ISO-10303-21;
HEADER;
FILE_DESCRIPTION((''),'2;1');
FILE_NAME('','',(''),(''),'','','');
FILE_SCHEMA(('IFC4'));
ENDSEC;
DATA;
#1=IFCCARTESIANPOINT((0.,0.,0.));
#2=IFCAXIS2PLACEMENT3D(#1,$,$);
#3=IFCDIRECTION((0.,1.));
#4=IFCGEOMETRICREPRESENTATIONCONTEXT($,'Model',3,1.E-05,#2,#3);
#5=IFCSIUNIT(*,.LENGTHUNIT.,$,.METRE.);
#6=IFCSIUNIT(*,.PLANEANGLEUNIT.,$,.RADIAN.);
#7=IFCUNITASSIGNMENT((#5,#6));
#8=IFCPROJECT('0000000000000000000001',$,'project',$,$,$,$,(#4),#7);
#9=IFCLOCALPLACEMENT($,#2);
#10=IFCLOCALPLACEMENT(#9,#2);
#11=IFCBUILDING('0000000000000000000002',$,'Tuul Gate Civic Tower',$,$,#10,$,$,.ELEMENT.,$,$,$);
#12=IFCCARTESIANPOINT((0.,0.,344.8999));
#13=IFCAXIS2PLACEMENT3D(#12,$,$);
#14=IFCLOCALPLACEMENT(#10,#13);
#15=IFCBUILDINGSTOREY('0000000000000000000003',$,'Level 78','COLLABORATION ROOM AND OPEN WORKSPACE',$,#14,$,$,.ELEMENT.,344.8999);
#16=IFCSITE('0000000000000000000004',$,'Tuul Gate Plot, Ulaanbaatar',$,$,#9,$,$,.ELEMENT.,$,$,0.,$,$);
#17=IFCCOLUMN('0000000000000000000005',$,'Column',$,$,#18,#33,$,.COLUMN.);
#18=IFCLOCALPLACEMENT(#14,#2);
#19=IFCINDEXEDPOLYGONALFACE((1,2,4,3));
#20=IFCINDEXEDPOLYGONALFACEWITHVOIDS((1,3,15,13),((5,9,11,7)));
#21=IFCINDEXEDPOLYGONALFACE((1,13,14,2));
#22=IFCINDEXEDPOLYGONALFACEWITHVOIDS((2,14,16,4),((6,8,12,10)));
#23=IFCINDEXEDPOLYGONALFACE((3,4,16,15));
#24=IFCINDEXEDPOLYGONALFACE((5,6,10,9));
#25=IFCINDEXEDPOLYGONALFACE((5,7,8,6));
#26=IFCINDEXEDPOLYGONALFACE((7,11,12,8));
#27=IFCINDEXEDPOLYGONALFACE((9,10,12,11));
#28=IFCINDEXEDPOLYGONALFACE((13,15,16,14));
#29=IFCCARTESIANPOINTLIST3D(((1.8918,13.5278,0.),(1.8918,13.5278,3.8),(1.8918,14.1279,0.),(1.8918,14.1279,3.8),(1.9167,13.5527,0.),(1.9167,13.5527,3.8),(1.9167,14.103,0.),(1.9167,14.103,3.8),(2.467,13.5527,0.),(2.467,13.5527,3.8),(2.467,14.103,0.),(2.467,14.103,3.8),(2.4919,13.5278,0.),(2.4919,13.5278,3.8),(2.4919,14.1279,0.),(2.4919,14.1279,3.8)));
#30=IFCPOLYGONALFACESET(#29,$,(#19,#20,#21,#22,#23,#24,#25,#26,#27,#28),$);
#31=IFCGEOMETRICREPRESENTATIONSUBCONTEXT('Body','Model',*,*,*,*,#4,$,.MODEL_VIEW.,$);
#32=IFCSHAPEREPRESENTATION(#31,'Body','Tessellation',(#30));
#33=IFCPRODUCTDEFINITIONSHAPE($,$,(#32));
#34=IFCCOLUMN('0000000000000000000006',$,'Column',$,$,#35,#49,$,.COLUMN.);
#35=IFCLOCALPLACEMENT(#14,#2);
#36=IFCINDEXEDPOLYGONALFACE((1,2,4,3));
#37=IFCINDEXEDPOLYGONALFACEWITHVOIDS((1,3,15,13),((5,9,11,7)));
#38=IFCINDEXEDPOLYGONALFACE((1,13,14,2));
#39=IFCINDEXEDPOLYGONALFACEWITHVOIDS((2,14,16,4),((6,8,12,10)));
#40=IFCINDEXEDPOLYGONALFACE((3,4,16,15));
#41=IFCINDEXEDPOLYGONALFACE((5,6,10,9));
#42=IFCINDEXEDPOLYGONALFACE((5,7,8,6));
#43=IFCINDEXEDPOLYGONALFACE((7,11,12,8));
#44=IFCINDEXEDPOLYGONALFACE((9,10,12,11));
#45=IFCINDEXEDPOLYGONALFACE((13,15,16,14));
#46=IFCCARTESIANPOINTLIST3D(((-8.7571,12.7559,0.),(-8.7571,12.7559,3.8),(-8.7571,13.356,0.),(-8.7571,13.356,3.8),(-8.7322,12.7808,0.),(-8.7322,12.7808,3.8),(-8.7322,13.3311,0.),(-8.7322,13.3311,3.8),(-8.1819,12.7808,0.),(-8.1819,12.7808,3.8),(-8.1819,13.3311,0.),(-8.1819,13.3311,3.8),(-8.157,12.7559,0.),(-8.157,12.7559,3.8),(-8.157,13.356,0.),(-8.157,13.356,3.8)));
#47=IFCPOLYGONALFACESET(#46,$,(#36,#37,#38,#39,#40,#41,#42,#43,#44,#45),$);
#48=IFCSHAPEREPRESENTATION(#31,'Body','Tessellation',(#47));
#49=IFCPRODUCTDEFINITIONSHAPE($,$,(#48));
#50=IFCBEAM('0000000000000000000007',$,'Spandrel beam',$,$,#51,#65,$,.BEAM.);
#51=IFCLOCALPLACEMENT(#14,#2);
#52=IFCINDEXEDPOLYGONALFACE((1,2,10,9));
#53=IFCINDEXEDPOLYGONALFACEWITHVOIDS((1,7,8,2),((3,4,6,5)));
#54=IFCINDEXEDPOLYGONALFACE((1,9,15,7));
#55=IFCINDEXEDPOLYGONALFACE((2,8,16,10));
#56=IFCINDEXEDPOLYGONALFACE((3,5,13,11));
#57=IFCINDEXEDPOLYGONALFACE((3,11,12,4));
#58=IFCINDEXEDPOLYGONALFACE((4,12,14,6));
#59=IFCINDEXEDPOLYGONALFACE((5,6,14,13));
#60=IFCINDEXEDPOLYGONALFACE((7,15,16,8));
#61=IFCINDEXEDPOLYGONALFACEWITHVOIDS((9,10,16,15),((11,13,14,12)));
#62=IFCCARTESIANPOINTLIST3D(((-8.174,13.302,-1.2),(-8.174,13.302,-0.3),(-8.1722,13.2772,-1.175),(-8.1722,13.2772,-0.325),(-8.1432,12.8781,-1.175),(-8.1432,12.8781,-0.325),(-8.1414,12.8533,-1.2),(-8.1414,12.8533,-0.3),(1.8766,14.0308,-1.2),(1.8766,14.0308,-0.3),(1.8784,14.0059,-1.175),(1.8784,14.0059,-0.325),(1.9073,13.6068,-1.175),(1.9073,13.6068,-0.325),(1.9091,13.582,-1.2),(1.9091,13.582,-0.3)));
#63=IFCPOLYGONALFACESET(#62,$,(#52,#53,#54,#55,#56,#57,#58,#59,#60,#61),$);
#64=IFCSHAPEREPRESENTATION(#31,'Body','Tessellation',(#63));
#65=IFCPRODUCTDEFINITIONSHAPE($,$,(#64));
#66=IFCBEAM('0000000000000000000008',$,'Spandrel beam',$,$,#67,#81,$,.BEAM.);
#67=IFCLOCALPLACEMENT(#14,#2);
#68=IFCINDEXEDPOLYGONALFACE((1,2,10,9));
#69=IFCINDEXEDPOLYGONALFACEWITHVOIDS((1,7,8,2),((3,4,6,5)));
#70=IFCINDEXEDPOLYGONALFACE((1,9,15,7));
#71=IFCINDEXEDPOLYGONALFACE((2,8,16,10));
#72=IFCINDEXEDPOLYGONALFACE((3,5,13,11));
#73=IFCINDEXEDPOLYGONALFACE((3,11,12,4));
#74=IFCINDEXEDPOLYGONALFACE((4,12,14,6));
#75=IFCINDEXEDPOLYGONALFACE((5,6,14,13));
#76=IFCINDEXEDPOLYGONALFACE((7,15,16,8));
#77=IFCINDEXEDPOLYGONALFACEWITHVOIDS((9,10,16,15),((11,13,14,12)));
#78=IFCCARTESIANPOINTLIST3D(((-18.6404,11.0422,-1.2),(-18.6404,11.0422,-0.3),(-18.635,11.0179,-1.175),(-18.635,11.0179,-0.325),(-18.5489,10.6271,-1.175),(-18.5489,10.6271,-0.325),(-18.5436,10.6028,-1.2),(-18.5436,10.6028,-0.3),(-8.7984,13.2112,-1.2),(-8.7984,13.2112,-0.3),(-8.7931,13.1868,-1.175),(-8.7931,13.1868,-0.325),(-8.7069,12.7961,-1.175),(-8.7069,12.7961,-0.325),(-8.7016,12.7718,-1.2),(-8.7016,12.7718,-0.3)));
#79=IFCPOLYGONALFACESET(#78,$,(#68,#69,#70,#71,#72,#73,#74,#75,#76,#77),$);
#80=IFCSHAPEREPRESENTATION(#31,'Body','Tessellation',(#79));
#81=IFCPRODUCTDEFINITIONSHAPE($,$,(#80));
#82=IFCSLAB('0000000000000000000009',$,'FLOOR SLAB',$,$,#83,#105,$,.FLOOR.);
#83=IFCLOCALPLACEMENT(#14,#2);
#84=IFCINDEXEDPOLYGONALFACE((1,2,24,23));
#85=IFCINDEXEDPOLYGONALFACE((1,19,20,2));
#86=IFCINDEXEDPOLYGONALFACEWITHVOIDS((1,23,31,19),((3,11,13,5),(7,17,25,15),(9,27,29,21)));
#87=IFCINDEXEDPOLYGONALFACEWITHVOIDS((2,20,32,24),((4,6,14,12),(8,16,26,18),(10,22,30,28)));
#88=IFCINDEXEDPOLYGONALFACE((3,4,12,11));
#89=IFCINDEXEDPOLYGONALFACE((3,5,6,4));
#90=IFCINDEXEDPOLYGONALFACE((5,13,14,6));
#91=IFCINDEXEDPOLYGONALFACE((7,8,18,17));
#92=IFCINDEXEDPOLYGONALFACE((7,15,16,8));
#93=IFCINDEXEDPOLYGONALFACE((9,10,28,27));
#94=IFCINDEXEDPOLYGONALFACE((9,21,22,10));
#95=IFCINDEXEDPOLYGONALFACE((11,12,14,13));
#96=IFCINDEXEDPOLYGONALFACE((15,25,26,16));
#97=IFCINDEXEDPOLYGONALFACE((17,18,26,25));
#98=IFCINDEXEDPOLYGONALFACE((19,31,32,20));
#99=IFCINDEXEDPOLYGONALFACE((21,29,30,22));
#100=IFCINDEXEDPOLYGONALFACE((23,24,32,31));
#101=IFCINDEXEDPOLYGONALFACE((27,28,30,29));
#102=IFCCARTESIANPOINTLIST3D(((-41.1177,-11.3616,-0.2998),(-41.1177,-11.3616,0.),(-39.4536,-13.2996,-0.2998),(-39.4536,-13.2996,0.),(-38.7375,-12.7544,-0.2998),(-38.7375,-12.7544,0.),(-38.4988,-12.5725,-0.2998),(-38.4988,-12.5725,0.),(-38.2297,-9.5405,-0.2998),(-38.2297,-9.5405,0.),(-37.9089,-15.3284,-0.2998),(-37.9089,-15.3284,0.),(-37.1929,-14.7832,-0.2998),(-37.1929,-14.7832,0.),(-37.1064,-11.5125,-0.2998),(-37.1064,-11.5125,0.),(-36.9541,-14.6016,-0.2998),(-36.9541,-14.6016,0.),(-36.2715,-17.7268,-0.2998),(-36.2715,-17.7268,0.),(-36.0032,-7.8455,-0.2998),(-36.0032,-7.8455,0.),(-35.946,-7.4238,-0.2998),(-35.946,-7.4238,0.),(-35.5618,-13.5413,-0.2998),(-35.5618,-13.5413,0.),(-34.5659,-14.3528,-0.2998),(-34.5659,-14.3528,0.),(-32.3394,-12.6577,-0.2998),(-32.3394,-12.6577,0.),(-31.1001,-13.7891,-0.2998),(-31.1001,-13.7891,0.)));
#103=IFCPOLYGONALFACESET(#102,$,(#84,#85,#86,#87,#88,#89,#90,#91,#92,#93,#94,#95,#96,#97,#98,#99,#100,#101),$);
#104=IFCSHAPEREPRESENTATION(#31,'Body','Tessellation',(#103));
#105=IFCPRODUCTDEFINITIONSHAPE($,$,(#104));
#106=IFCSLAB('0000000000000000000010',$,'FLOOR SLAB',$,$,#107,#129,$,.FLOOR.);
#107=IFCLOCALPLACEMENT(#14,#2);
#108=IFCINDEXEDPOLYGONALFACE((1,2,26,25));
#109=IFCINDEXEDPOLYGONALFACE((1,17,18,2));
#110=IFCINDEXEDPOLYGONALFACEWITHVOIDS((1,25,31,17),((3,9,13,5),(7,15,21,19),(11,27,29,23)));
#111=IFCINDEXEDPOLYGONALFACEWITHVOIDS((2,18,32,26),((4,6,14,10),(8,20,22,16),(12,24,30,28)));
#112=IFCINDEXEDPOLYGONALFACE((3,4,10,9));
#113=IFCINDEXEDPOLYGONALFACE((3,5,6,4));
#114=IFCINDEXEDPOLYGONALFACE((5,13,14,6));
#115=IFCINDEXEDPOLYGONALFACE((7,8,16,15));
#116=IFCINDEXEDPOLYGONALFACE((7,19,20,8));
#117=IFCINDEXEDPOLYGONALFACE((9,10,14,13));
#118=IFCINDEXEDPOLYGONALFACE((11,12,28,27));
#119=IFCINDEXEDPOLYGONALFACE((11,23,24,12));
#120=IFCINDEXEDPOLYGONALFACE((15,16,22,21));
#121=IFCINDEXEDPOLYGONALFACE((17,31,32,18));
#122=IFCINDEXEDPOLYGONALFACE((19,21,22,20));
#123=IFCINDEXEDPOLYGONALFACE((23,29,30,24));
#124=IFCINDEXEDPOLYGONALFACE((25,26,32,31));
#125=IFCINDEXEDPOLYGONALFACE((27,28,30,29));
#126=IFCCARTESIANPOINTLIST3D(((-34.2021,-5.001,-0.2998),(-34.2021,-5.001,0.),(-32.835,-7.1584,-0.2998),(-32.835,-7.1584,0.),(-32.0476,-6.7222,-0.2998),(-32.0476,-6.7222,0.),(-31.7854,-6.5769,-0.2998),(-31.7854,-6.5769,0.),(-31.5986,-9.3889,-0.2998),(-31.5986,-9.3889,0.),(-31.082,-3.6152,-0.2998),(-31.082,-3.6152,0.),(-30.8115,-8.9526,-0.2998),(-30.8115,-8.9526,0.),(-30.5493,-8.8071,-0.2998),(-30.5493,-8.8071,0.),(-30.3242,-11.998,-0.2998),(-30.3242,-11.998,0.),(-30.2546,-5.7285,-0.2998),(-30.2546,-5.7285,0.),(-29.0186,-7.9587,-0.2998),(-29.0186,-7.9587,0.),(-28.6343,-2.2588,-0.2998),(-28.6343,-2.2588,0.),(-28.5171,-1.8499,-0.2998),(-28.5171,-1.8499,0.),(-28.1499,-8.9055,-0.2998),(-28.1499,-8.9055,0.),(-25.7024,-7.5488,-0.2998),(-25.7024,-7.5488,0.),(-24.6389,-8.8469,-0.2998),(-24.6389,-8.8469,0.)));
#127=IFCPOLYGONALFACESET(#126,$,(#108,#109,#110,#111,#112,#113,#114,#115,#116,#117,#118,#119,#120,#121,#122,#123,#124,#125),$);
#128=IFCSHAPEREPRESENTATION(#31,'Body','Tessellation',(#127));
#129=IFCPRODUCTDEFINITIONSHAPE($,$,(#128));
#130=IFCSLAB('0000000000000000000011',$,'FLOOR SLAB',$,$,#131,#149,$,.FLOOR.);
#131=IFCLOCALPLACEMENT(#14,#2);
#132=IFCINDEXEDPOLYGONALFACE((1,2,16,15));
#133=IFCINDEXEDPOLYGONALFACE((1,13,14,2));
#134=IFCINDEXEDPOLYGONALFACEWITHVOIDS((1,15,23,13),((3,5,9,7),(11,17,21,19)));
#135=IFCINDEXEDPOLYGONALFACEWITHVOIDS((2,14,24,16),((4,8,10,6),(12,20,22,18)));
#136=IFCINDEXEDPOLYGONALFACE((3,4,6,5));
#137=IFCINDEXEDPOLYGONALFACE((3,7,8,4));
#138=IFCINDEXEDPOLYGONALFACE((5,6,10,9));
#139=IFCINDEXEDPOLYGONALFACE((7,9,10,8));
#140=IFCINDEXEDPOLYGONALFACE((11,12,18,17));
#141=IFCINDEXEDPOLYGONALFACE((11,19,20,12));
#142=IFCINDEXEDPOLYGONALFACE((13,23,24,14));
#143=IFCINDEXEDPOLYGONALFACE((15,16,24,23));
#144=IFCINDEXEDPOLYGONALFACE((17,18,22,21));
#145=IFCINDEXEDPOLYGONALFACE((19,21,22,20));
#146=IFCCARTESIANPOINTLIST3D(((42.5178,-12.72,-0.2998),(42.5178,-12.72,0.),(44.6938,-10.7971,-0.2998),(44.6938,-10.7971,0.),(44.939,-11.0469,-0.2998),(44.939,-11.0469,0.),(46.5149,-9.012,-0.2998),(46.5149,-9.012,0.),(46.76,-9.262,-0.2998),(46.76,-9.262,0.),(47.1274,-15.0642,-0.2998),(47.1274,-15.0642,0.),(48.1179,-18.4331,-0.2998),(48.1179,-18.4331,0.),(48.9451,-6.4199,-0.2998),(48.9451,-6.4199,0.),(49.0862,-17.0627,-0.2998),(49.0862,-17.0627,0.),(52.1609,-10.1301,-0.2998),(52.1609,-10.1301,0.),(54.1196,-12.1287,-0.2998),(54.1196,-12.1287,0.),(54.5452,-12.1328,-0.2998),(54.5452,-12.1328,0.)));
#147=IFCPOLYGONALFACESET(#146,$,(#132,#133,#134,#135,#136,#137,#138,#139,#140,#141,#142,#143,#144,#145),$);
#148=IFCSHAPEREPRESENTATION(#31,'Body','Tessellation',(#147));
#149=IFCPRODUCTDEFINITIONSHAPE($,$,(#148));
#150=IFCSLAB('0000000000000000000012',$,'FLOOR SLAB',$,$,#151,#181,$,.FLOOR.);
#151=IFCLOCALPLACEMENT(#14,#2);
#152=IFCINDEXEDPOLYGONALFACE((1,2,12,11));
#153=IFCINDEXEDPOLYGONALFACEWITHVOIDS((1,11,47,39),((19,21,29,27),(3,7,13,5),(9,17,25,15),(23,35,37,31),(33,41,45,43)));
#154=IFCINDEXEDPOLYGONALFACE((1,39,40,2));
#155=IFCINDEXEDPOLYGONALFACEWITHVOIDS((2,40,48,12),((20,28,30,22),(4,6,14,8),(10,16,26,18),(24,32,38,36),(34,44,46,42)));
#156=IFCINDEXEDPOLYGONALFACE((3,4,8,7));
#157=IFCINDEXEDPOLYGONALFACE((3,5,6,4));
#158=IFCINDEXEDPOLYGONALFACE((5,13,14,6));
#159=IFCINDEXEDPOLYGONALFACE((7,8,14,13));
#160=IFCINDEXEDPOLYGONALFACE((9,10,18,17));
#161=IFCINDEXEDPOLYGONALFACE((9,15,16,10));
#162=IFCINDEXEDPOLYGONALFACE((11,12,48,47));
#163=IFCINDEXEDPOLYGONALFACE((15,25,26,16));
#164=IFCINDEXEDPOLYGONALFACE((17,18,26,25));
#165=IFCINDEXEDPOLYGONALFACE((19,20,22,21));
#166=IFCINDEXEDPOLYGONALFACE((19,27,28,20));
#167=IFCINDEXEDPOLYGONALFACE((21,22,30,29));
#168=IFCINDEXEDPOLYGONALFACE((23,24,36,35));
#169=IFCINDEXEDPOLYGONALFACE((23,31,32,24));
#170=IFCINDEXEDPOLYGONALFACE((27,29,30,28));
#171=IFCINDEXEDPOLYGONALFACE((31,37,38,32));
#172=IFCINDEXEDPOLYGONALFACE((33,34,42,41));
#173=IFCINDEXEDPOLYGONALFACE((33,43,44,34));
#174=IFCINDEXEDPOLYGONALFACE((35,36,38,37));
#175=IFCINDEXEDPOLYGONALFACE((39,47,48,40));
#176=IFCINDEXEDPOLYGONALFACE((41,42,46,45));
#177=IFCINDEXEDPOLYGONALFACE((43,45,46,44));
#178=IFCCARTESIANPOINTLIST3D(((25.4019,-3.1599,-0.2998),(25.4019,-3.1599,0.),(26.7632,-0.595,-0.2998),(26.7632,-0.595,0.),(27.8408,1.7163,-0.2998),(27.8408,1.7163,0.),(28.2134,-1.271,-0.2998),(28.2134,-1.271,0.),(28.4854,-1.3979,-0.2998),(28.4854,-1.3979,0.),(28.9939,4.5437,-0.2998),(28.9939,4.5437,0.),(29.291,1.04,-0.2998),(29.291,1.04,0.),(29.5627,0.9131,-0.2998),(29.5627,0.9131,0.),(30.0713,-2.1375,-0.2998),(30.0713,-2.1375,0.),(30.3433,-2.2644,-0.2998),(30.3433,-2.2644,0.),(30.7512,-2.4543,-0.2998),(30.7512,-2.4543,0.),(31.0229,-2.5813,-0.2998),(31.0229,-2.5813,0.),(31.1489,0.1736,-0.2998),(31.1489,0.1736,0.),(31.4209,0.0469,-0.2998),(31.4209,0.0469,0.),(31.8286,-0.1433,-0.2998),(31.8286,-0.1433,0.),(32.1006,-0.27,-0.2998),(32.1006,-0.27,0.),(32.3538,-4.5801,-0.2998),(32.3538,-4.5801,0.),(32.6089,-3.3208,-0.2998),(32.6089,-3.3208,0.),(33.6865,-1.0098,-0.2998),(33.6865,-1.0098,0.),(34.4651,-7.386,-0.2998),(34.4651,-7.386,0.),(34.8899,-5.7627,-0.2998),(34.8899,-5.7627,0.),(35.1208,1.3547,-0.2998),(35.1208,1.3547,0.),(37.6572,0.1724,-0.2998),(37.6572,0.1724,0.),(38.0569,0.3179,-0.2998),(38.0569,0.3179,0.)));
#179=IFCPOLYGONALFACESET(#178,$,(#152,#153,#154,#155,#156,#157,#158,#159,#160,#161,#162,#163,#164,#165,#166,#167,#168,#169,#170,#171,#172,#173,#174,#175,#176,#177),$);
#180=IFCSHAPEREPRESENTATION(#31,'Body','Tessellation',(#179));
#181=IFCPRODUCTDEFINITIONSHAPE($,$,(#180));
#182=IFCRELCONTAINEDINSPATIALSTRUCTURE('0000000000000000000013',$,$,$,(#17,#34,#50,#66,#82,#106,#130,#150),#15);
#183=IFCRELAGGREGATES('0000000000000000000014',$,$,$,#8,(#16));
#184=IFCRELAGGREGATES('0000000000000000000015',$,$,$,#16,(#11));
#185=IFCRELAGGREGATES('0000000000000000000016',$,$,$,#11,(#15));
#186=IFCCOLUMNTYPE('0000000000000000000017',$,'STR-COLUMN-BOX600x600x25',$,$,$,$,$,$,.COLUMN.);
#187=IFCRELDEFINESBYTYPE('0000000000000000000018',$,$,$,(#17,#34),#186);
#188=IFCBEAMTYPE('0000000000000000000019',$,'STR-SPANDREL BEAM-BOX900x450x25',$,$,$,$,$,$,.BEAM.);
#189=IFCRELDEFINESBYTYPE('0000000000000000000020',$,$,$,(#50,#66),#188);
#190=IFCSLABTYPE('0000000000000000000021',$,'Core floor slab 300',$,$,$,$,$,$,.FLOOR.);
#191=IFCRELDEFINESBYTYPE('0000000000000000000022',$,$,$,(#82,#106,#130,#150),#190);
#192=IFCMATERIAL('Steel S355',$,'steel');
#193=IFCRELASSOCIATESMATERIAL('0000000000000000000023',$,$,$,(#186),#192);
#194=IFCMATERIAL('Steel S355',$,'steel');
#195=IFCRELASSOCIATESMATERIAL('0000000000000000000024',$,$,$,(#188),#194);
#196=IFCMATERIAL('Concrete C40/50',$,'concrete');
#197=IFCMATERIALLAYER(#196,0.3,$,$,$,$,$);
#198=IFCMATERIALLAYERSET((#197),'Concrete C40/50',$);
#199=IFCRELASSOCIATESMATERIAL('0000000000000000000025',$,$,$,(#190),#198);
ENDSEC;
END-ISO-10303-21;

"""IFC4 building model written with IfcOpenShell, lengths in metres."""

from ifc_helpers import new_model, si_unit, direction, frame, origin, origin_2d, place, context, subcontext, project, spatial, polyline, hollow_rectangle, outline, extrude, material, layer, layer_set, material_profile, profile_set, type_object, element, save


model = new_model("IFC4")

# Units and contexts
model_context = context("Model", 3, precision=1e-05, world=origin(), true_north=direction((0.0, 1.0)))
body_context = subcontext(model_context, "Body", "Model", "MODEL_VIEW")
ifc_project = project(units=[si_unit("LENGTHUNIT", "METRE"), si_unit("PLANEANGLEUNIT", "RADIAN")], contexts=[model_context])

# Site, building, storey
site_placement = place(None, origin())
site = spatial("IfcSite", under=ifc_project, at=site_placement, Name="Tuul Gate Plot, Ulaanbaatar", CompositionType="ELEMENT", RefElevation=0.0)
building_placement = place(site_placement, origin())
building = spatial("IfcBuilding", under=site, at=building_placement, Name="Tuul Gate Civic Tower", CompositionType="ELEMENT")
storey_placement = place(building_placement, frame((0.0, 0.0, 344.8999)))
storey = spatial("IfcBuildingStorey", under=building, at=storey_placement, Name="Level 78", Description="COLLABORATION ROOM AND OPEN WORKSPACE", CompositionType="ELEMENT", Elevation=344.8999)

# Columns
ifc_material_1 = material(Name="Steel S355", Category="steel")
ifc_material_profile_1 = material_profile(ifc_material_1, hollow_rectangle(XDim=0.6001, YDim=0.6001, WallThickness=0.0249, at=origin_2d()), Name="BOX600x600x25")
ifc_profile_set_1 = profile_set([ifc_material_profile_1], Name="Steel S355")
column_type = type_object("IfcColumnType", Name="STR-COLUMN-BOX600x600x25", PredefinedType="COLUMN", material=ifc_profile_set_1)
for number, where, z_axis, x_axis, name in (
    (1, (2.1919, 13.8279, 0.0), (0.0, 0.0, 1.0), (1.0, 0.0, 0.0), "Column"),
    (2, (-8.457, 13.0559, 0.0), (0.0, 0.0, 1.0), (1.0, 0.0, 0.0), "Column"),
):
    element("IfcColumn", number, at=place(storey_placement, frame(where, z_axis=z_axis, x_axis=x_axis)), inside=storey, type_object=column_type, Name=name, PredefinedType="COLUMN", context=body_context, shape_type="SweptSolid", body=[
        extrude(hollow_rectangle(XDim=0.6001, YDim=0.6001, WallThickness=0.0249, at=origin_2d()), origin(), (0.0, 0.0, 1.0), 3.8),
    ])

# Beams
ifc_material_2 = material(Name="Steel S355", Category="steel")
ifc_material_profile_2 = material_profile(ifc_material_2, hollow_rectangle(XDim=0.45, YDim=0.8999, WallThickness=0.0249, at=origin_2d()), Name="BOX900x450x25")
ifc_profile_set_2 = profile_set([ifc_material_profile_2], Name="Steel S355")
beam_type = type_object("IfcBeamType", Name="STR-SPANDREL BEAM-BOX900x450x25", PredefinedType="BEAM", material=ifc_profile_set_2)
beam_1_placement = place(storey_placement, frame((1.8928, 13.8064, -0.75), z_axis=(-0.997382, -0.07232, 0.0), x_axis=(0.07232, -0.997382, 0.0)))
element("IfcBeam", 3, at=beam_1_placement, inside=storey, type_object=beam_type, Name="Spandrel beam", PredefinedType="BEAM", context=body_context, shape_type="SweptSolid", body=[
    extrude(hollow_rectangle(XDim=0.45, YDim=0.8999, WallThickness=0.0249, at=origin_2d()), origin(), (0.0, 0.0, 1.0), 10.0769),
])
beam_2_placement = place(storey_placement, frame((-8.75, 12.9915, -0.75), z_axis=(-0.976567, -0.215212, 0.0), x_axis=(0.215212, -0.976567, 0.0)))
element("IfcBeam", 4, at=beam_2_placement, inside=storey, type_object=beam_type, Name="Spandrel beam", PredefinedType="BEAM", context=body_context, shape_type="SweptSolid", body=[
    extrude(hollow_rectangle(XDim=0.45, YDim=0.8999, WallThickness=0.0249, at=origin_2d()), origin(), (0.0, 0.0, 1.0), 10.0781),
])

# Slabs
ifc_material_3 = material(Name="Concrete C40/50", Category="concrete")
ifc_layer_1 = layer(ifc_material_3, 0.3)
ifc_layer_set_1 = layer_set([ifc_layer_1], Name="Concrete C40/50")
slab_type_1 = type_object("IfcSlabType", Name="Core floor slab 300", PredefinedType="FLOOR", material=ifc_layer_set_1)
slab_1_placement = place(storey_placement, frame((0.0, 0.0, -0.2998)))
element("IfcSlab", 5, at=slab_1_placement, inside=storey, type_object=slab_type_1, Name="FLOOR SLAB", PredefinedType="FLOOR", context=body_context, shape_type="SweptSolid", body=[
    extrude(outline(polyline([(-31.1001, -13.7891), (-35.946, -7.4238), (-41.1177, -11.3616), (-36.2715, -17.7268), (-31.1001, -13.7891)]), holes=[polyline([(-35.5618, -13.5413), (-37.1064, -11.5125), (-38.4988, -12.5725), (-36.9541, -14.6016), (-35.5618, -13.5413)]), polyline([(-37.1929, -14.7832), (-38.7375, -12.7544), (-39.4536, -13.2996), (-37.9089, -15.3284), (-37.1929, -14.7832)]), polyline([(-32.3394, -12.6577), (-34.5659, -14.3528), (-38.2297, -9.5405), (-36.0032, -7.8455), (-32.3394, -12.6577)])]), origin(), (0.0, 0.0, 1.0), 0.2998),
])
slab_2_placement = place(storey_placement, frame((0.0, 0.0, -0.2998)))
element("IfcSlab", 6, at=slab_2_placement, inside=storey, type_object=slab_type_1, Name="FLOOR SLAB", PredefinedType="FLOOR", context=body_context, shape_type="SweptSolid", body=[
    extrude(outline(polyline([(-24.6389, -8.8469), (-28.5171, -1.8499), (-34.2021, -5.001), (-30.3242, -11.998), (-24.6389, -8.8469)]), holes=[polyline([(-29.0186, -7.9587), (-30.2546, -5.7285), (-31.7854, -6.5769), (-30.5493, -8.8071), (-29.0186, -7.9587)]), polyline([(-30.8115, -8.9526), (-32.0476, -6.7222), (-32.835, -7.1584), (-31.5986, -9.3889), (-30.8115, -8.9526)]), polyline([(-25.7024, -7.5488), (-28.1499, -8.9055), (-31.082, -3.6152), (-28.6343, -2.2588), (-25.7024, -7.5488)])]), origin(), (0.0, 0.0, 1.0), 0.2998),
])
slab_3_placement = place(storey_placement, frame((0.0, 0.0, -0.2998)))
element("IfcSlab", 7, at=slab_3_placement, inside=storey, type_object=slab_type_1, Name="FLOOR SLAB", PredefinedType="FLOOR", context=body_context, shape_type="SweptSolid", body=[
    extrude(outline(polyline([(48.1179, -18.4331), (54.5452, -12.1328), (48.9451, -6.4199), (42.5178, -12.72), (48.1179, -18.4331)]), holes=[polyline([(44.939, -11.0469), (46.76, -9.262), (46.5149, -9.012), (44.6938, -10.7971), (44.939, -11.0469)]), polyline([(49.0862, -17.0627), (47.1274, -15.0642), (52.1609, -10.1301), (54.1196, -12.1287), (49.0862, -17.0627)])]), origin(), (0.0, 0.0, 1.0), 0.2998),
])
slab_4_placement = place(storey_placement, frame((0.0, 0.0, -0.2998)))
element("IfcSlab", 8, at=slab_4_placement, inside=storey, type_object=slab_type_1, Name="FLOOR SLAB", PredefinedType="FLOOR", context=body_context, shape_type="SweptSolid", body=[
    extrude(outline(polyline([(34.4651, -7.386), (38.0569, 0.3179), (28.9939, 4.5437), (25.4019, -3.1599), (34.4651, -7.386)]), holes=[polyline([(32.6089, -3.3208), (33.6865, -1.0098), (32.1006, -0.27), (31.0229, -2.5813), (32.6089, -3.3208)]), polyline([(30.0713, -2.1375), (31.1489, 0.1736), (29.5627, 0.9131), (28.4854, -1.3979), (30.0713, -2.1375)]), polyline([(30.7512, -2.4543), (31.8286, -0.1433), (31.4209, 0.0469), (30.3433, -2.2644), (30.7512, -2.4543)]), polyline([(28.2134, -1.271), (29.291, 1.04), (27.8408, 1.7163), (26.7632, -0.595), (28.2134, -1.271)]), polyline([(34.8899, -5.7627), (32.3538, -4.5801), (35.1208, 1.3547), (37.6572, 0.1724), (34.8899, -5.7627)])]), origin(), (0.0, 0.0, 1.0), 0.2998),
])

save(model, "model.ifc")
